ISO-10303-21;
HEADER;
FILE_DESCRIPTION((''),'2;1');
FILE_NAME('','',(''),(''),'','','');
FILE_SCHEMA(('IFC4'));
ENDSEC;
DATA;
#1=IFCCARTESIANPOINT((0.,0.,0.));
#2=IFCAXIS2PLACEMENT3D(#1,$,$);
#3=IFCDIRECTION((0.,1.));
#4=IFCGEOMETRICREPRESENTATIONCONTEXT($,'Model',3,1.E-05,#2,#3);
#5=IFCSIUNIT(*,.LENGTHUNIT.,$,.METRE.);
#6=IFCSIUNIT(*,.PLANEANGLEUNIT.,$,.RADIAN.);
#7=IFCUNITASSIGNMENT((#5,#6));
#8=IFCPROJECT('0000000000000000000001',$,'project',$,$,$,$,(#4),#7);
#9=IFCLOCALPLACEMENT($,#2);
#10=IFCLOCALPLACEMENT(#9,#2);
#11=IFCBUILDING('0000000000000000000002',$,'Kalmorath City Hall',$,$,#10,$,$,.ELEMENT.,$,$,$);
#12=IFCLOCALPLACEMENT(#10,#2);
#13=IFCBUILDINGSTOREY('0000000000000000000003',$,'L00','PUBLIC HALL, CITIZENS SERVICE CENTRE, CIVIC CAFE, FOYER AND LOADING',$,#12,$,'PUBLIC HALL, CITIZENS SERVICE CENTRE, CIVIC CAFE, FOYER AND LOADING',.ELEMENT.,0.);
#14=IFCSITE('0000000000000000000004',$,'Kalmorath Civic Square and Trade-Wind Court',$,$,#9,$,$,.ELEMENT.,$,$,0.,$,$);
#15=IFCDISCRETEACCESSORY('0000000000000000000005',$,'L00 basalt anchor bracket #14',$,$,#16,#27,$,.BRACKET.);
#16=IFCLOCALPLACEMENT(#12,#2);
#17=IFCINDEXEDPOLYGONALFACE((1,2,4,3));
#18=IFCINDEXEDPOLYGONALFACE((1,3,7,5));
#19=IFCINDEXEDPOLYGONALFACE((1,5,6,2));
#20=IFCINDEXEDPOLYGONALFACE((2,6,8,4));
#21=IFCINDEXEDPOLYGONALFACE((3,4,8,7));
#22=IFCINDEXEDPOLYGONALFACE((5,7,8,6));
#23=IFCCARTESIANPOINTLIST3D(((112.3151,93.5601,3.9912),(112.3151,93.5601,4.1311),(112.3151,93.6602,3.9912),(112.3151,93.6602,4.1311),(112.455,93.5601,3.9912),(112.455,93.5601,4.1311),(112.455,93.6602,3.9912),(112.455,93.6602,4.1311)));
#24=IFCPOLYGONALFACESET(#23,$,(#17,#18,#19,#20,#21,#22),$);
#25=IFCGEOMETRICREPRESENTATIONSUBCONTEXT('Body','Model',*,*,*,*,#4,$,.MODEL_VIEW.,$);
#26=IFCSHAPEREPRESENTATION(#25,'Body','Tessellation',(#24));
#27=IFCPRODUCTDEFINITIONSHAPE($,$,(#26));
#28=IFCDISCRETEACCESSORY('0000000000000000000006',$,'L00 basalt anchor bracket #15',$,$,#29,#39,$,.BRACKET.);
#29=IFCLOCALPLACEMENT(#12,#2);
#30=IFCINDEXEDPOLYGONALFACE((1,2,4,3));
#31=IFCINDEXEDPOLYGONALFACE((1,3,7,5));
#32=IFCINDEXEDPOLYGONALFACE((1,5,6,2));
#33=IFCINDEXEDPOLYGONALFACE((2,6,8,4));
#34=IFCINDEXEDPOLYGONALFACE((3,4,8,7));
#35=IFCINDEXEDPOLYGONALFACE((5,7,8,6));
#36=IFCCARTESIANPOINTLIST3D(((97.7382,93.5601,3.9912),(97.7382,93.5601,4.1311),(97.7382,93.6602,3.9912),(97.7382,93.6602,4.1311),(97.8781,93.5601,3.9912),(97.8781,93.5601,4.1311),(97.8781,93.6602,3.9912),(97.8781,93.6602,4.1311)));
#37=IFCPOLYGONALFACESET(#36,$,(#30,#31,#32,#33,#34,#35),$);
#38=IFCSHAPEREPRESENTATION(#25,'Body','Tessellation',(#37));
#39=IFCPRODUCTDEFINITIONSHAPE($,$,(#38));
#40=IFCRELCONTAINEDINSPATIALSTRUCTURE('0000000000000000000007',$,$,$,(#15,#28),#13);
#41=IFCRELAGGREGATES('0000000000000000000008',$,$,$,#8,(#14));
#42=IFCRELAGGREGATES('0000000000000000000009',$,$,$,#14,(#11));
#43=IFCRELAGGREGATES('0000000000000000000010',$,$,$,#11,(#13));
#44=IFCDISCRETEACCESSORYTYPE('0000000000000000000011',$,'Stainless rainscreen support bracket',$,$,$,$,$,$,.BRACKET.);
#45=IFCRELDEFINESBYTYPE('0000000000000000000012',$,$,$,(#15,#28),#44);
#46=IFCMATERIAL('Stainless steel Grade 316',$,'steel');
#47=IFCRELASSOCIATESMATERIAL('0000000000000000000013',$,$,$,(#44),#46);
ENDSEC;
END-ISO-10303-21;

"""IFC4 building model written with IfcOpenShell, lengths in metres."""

from ifc_helpers import new_model, si_unit, direction, frame, origin, origin_2d, place, context, subcontext, project, spatial, rectangle, extrude, material, type_object, element, save


model = new_model("IFC4")

# Units and contexts
model_context = context("Model", 3, precision=1e-05, world=origin(), true_north=direction((0.0, 1.0)))
body_context = subcontext(model_context, "Body", "Model", "MODEL_VIEW")
ifc_project = project(units=[si_unit("LENGTHUNIT", "METRE"), si_unit("PLANEANGLEUNIT", "RADIAN")], contexts=[model_context])

# Site, building, storey
site_placement = place(None, origin())
site = spatial("IfcSite", under=ifc_project, at=site_placement, Name="Kalmorath Civic Square and Trade-Wind Court", CompositionType="ELEMENT", RefElevation=0.0)
building_placement = place(site_placement, origin())
building = spatial("IfcBuilding", under=site, at=building_placement, Name="Kalmorath City Hall", CompositionType="ELEMENT")
storey_placement = place(building_placement, origin())
storey = spatial("IfcBuildingStorey", under=building, at=storey_placement, Name="L00", Description="PUBLIC HALL, CITIZENS SERVICE CENTRE, CIVIC CAFE, FOYER AND LOADING", LongName="PUBLIC HALL, CITIZENS SERVICE CENTRE, CIVIC CAFE, FOYER AND LOADING", CompositionType="ELEMENT", Elevation=0.0)

# Discrete accessories
ifc_material_1 = material(Name="Stainless steel Grade 316", Category="steel")
discrete_accessory_type = type_object("IfcDiscreteAccessoryType", Name="Stainless rainscreen support bracket", PredefinedType="BRACKET", material=ifc_material_1)
for number, where, z_axis, x_axis, name in (
    (1, (112.385, 93.6101, 3.9912), (0.0, 0.0, 1.0), (-1.0, 0.0, 0.0), "L00 basalt anchor bracket #14"),
    (2, (97.8081, 93.6101, 3.9912), (0.0, 0.0, 1.0), (-1.0, 0.0, 0.0), "L00 basalt anchor bracket #15"),
):
    element("IfcDiscreteAccessory", number, at=place(storey_placement, frame(where, z_axis=z_axis, x_axis=x_axis)), inside=storey, type_object=discrete_accessory_type, Name=name, PredefinedType="BRACKET", context=body_context, shape_type="SweptSolid", body=[
        extrude(rectangle(XDim=0.1399, YDim=0.1001, at=origin_2d()), origin(), (0.0, 0.0, 1.0), 0.1399),
    ])

save(model, "model.ifc")
